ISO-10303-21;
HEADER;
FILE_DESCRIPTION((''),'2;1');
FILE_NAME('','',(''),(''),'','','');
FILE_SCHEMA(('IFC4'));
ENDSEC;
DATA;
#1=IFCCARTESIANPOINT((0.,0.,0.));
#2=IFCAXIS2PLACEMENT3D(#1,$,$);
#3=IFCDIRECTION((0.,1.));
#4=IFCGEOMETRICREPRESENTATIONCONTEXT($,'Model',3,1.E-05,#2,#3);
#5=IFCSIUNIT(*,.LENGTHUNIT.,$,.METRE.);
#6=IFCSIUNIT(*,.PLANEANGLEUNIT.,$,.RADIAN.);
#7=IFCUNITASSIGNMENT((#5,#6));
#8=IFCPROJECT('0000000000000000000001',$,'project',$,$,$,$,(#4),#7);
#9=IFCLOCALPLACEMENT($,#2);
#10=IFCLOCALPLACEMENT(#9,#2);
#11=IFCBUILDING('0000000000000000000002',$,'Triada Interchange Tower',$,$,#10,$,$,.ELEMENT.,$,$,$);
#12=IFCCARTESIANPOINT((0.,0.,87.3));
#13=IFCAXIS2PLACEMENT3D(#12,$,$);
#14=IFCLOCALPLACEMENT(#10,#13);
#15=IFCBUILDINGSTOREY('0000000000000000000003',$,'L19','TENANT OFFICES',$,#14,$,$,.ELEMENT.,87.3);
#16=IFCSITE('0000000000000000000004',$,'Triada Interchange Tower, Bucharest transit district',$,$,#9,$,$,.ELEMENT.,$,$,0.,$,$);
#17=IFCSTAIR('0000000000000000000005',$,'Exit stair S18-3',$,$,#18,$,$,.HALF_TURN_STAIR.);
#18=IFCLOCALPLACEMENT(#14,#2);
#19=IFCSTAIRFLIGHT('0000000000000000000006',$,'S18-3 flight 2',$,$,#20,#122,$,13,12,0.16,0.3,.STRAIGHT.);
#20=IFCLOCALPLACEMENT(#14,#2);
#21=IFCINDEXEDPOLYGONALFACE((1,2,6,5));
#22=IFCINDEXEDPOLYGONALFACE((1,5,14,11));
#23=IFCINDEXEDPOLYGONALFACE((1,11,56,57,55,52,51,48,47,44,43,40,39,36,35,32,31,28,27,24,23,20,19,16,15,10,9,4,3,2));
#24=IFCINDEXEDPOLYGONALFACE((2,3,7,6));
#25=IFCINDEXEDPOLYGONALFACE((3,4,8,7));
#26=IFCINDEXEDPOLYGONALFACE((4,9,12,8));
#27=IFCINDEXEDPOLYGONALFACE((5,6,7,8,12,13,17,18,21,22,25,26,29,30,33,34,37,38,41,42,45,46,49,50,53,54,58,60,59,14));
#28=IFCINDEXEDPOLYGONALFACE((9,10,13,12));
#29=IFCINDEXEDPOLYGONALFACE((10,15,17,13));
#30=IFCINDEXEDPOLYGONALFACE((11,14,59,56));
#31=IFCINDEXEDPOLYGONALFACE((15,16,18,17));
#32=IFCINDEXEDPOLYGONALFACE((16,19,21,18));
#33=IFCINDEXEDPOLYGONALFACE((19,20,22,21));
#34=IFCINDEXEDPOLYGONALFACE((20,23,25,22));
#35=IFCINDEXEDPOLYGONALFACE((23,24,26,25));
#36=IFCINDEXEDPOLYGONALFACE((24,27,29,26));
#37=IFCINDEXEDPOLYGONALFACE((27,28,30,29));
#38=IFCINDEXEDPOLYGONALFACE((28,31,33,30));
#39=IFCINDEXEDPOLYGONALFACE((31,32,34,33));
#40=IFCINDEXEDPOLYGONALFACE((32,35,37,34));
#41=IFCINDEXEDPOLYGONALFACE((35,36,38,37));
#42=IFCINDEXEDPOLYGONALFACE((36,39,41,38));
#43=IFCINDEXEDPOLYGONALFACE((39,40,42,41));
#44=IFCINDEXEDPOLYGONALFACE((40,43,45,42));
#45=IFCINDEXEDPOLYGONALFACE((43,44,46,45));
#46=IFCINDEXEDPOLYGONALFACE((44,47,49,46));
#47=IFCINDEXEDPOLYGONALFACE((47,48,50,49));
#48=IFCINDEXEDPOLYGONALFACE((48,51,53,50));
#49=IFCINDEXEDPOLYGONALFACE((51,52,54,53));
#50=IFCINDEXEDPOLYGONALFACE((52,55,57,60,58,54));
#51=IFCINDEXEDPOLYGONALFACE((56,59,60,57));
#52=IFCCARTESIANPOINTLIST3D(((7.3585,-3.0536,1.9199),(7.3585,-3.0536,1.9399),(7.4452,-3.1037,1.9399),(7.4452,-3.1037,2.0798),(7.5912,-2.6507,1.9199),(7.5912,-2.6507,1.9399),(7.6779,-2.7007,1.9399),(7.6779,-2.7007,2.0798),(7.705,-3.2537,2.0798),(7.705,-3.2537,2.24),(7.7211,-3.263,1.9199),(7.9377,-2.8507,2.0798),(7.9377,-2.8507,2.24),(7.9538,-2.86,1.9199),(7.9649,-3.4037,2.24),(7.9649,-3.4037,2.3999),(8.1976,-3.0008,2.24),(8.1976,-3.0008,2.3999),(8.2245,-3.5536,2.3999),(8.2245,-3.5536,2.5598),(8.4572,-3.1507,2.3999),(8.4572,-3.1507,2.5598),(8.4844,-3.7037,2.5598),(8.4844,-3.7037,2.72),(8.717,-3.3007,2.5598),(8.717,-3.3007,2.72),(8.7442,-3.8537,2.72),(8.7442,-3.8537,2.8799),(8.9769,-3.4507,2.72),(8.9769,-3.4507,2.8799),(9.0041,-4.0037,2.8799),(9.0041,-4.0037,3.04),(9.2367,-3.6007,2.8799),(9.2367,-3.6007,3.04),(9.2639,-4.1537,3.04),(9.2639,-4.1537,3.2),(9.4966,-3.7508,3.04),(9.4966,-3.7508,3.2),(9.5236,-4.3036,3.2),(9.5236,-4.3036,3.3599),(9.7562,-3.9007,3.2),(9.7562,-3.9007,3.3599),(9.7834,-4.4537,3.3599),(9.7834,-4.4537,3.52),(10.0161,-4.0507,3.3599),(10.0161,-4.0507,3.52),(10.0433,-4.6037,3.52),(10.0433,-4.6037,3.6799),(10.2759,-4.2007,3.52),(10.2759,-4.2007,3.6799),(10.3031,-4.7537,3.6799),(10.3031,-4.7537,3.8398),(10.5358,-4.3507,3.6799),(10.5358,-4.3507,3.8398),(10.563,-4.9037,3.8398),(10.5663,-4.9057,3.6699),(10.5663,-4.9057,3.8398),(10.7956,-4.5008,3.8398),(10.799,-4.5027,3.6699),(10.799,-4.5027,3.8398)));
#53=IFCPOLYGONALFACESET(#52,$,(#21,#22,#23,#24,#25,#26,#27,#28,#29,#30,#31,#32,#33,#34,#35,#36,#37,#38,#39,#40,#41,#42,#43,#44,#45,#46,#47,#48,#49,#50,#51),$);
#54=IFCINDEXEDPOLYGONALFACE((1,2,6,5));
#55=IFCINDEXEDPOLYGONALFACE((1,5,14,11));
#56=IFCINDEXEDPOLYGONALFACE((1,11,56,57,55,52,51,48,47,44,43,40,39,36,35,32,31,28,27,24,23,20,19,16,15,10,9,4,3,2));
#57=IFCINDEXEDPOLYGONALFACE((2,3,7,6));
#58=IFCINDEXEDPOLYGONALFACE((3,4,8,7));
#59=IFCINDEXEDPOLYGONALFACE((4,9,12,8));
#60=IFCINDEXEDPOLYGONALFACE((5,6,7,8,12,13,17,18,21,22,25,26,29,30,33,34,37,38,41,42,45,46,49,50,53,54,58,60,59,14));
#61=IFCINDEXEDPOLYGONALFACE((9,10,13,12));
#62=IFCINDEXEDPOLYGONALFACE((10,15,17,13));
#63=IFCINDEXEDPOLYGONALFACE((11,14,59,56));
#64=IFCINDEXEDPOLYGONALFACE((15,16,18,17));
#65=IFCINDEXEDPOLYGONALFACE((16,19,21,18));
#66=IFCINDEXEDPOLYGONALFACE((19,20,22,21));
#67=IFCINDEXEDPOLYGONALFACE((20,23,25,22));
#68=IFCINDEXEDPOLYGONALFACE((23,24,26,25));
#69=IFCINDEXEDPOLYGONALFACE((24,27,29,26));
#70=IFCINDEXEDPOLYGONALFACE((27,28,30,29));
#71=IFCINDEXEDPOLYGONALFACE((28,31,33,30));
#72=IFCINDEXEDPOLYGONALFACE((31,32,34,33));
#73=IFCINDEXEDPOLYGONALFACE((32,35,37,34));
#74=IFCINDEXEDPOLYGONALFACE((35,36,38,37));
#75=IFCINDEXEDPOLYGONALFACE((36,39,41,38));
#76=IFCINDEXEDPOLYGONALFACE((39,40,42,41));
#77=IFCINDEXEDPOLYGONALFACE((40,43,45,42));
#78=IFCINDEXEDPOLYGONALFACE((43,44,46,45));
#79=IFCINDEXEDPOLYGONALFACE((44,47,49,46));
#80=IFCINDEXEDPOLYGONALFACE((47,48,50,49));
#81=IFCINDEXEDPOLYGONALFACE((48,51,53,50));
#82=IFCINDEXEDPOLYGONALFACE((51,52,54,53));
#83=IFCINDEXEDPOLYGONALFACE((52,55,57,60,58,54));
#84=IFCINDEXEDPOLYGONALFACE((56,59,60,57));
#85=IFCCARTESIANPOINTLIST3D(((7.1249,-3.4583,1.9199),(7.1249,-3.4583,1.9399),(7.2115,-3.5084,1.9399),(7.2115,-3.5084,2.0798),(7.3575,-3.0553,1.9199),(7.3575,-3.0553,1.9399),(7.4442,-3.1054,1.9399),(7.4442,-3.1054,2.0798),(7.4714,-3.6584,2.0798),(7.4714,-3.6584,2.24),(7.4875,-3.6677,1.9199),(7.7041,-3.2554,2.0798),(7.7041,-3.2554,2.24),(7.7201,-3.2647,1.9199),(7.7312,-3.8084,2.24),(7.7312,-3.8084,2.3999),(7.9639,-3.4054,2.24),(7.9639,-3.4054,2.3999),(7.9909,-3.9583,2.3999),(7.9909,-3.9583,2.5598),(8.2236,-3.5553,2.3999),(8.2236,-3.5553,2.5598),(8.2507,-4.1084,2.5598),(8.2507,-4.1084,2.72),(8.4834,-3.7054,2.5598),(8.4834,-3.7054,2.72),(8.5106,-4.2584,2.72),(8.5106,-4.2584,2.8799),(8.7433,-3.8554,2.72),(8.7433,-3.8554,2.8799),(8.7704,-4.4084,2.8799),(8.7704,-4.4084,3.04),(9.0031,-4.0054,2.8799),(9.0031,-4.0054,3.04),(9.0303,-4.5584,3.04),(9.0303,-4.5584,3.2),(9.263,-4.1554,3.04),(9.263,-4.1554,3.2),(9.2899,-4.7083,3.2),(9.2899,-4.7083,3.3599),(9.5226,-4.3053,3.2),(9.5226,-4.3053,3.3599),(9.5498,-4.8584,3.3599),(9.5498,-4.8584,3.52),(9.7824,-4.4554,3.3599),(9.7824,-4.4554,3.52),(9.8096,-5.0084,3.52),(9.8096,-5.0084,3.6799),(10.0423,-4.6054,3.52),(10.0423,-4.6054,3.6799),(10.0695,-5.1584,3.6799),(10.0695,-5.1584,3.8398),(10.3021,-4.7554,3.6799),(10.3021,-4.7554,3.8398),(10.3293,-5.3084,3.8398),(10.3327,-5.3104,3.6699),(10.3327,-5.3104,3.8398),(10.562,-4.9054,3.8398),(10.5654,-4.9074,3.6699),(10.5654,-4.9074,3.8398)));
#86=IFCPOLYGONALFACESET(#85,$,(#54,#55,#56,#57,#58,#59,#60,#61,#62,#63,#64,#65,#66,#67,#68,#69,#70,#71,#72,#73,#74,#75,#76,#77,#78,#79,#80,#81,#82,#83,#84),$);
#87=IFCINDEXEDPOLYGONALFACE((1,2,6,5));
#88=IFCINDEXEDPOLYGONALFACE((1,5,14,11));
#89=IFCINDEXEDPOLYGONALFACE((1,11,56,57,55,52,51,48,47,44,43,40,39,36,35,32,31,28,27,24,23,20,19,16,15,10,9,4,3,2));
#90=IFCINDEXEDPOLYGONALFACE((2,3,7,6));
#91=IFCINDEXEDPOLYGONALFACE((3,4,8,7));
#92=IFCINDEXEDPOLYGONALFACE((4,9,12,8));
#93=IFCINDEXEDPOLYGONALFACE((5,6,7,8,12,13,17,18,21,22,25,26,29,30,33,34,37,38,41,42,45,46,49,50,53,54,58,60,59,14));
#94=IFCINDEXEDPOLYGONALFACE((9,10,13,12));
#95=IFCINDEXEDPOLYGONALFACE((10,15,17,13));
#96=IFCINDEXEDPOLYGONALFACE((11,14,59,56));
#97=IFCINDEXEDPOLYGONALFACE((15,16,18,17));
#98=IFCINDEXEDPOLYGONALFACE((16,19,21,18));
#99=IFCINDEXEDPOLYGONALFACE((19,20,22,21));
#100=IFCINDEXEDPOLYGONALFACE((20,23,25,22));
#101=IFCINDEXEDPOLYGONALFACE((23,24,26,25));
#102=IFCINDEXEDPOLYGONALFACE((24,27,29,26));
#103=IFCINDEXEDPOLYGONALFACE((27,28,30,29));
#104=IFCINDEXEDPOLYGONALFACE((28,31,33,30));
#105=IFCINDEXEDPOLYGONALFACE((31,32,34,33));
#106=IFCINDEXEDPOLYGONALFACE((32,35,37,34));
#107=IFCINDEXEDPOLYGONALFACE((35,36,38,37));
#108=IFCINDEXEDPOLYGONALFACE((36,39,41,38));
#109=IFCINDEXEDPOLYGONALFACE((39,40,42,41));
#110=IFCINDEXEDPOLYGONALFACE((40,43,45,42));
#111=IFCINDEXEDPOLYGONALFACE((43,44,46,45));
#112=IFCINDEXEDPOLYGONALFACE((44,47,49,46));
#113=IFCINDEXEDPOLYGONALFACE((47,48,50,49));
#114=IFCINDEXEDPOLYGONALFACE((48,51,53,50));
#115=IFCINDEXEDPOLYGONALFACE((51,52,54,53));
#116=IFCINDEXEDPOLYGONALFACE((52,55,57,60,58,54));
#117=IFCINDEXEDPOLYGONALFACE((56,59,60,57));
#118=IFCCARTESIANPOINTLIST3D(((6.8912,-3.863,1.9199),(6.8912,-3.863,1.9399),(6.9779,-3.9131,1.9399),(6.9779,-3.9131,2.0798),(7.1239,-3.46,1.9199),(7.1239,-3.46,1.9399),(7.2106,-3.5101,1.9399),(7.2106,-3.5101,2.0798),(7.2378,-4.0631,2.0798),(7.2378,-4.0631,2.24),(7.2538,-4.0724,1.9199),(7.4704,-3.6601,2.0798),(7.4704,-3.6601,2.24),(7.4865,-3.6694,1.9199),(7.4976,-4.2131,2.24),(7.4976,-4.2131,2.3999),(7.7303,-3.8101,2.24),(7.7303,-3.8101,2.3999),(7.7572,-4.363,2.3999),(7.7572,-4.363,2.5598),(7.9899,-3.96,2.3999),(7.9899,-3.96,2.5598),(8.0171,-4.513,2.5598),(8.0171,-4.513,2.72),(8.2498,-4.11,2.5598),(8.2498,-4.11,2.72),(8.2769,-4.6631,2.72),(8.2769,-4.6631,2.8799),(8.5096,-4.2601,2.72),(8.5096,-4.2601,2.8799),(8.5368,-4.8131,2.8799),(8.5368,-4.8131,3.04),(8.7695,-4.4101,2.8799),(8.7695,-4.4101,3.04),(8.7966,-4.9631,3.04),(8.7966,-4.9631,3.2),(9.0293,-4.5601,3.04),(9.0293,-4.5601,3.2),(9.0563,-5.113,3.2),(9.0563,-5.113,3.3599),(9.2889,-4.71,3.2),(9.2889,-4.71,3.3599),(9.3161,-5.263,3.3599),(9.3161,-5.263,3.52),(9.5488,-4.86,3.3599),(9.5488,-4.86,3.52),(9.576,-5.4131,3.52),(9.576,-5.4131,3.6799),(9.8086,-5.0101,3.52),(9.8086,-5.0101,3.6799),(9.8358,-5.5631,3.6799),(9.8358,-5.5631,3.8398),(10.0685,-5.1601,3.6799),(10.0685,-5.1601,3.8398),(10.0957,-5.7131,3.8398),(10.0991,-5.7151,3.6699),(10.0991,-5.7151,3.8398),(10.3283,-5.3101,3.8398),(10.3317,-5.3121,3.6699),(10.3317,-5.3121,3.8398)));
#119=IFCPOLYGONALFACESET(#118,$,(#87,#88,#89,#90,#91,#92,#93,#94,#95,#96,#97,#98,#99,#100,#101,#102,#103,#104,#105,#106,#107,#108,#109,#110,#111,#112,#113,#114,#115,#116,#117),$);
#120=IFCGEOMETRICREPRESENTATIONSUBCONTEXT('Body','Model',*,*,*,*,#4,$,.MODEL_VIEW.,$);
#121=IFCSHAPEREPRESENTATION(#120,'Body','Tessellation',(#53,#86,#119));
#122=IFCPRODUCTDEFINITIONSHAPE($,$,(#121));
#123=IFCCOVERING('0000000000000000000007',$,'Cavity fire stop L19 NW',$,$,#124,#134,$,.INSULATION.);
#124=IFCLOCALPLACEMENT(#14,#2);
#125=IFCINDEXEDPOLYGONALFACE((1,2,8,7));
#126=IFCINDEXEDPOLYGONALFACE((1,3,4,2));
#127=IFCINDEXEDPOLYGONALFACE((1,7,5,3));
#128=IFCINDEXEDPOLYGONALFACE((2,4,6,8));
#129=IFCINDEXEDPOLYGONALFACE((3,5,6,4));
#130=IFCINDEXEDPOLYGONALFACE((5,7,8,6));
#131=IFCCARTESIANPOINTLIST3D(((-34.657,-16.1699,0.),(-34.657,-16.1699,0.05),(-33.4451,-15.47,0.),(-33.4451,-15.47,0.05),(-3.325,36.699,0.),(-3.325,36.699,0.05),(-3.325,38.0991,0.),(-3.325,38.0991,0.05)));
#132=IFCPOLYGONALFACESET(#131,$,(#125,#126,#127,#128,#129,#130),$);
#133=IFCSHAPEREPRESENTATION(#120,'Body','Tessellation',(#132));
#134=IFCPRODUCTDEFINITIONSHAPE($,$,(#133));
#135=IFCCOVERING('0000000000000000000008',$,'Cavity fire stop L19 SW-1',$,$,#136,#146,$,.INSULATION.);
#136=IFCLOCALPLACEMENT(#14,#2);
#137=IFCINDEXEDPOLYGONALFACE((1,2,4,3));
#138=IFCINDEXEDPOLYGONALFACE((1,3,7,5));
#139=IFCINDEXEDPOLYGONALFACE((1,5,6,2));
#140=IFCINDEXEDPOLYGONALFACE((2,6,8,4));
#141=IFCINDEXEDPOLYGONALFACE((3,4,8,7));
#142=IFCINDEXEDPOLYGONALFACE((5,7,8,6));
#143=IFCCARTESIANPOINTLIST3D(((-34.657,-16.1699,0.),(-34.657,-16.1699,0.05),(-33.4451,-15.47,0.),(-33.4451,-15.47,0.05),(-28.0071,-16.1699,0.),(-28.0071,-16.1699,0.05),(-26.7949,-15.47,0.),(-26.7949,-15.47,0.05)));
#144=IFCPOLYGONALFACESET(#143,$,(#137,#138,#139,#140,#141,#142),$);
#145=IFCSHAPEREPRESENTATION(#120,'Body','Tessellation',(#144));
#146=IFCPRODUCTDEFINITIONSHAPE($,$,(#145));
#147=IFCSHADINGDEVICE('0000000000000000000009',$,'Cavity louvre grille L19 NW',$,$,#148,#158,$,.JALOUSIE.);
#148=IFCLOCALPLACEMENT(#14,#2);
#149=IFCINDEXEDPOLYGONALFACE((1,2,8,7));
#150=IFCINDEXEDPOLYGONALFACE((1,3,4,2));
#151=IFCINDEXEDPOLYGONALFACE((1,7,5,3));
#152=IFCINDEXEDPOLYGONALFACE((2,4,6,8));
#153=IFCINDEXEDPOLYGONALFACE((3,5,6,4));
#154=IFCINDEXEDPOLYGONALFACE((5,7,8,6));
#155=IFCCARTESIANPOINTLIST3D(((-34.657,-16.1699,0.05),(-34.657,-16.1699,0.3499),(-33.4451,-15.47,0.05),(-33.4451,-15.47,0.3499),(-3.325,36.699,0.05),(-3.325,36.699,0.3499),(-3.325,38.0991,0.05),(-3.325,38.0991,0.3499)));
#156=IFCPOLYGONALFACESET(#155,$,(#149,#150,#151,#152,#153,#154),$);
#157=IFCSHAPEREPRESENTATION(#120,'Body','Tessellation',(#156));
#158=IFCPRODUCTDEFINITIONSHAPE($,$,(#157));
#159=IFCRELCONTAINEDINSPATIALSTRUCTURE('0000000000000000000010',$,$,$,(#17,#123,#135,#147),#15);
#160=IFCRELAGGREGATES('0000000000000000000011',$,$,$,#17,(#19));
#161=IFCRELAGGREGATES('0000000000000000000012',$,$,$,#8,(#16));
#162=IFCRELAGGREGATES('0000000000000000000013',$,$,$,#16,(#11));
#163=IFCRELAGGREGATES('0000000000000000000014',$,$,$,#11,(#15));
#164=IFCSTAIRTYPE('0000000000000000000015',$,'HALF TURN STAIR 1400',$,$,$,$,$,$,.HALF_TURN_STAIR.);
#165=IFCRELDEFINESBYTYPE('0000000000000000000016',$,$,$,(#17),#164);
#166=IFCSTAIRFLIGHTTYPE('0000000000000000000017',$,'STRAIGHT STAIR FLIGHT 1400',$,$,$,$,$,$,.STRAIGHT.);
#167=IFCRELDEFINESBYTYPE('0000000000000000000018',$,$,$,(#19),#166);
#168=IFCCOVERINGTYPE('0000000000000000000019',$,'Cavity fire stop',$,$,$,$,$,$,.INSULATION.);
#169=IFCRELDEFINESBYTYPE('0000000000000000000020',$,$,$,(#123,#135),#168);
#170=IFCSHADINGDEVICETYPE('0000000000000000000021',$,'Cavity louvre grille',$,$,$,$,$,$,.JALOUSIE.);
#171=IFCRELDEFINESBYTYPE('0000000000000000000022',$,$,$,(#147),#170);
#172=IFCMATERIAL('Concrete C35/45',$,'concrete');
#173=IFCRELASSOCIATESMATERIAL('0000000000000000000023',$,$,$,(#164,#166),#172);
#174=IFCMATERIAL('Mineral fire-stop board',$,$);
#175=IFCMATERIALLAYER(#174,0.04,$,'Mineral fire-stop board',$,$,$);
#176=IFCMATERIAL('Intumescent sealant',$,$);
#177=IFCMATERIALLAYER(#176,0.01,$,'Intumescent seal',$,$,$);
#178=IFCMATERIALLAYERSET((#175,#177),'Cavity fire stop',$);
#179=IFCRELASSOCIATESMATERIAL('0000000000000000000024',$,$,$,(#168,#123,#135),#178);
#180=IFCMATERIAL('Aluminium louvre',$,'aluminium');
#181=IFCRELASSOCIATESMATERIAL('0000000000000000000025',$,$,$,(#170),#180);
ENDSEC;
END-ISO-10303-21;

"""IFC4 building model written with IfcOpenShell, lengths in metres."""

from ifc_helpers import new_model, si_unit, direction, frame, origin, place, context, subcontext, project, spatial, polyline, outline, extrude, material, layer, layer_set, layer_usage, type_object, element, aggregate, save


model = new_model("IFC4")

# Units and contexts
model_context = context("Model", 3, precision=1e-05, world=origin(), true_north=direction((0.0, 1.0)))
body_context = subcontext(model_context, "Body", "Model", "MODEL_VIEW")
ifc_project = project(units=[si_unit("LENGTHUNIT", "METRE"), si_unit("PLANEANGLEUNIT", "RADIAN")], contexts=[model_context])

# Site, building, storey
site_placement = place(None, origin())
site = spatial("IfcSite", under=ifc_project, at=site_placement, Name="Triada Interchange Tower, Bucharest transit district", CompositionType="ELEMENT", RefElevation=0.0)
building_placement = place(site_placement, origin())
building = spatial("IfcBuilding", under=site, at=building_placement, Name="Triada Interchange Tower", CompositionType="ELEMENT")
storey_placement = place(building_placement, frame((0.0, 0.0, 87.3)))
storey = spatial("IfcBuildingStorey", under=building, at=storey_placement, Name="L19", Description="TENANT OFFICES", CompositionType="ELEMENT", Elevation=87.3)

# Stair, stair flight
ifc_material_1 = material(Name="Concrete C35/45", Category="concrete")
stair_type = type_object("IfcStairType", Name="HALF TURN STAIR 1400", PredefinedType="HALF_TURN_STAIR", material=ifc_material_1)
stair_placement = place(storey_placement, origin())
stair = element("IfcStair", 1, at=stair_placement, inside=storey, type_object=stair_type, Name="Exit stair S18-3", PredefinedType="HALF_TURN_STAIR")
stair_flight_type = type_object("IfcStairFlightType", Name="STRAIGHT STAIR FLIGHT 1400", PredefinedType="STRAIGHT", material=ifc_material_1)
stair_flight_1_placement = place(storey_placement, frame((7.3279, -3.3069, 1.9199), z_axis=(0.0, 0.0, 1.0), x_axis=(0.866025, -0.5, 0.0)))
stair_flight_1 = element("IfcStairFlight", 2, at=stair_flight_1_placement, type_object=stair_flight_type, Name="S18-3 flight 2", NumberOfRisers=13, NumberOfTreads=12, PredefinedType="STRAIGHT", RiserHeight=0.16, TreadLength=0.3, context=body_context, shape_type="SweptSolid", body=[
    extrude(outline(polyline([(-0.1001, 0.0), (-0.1001, 0.02), (0.0, 0.02), (0.0, 0.1599), (0.3, 0.1599), (0.3, 0.3201), (0.6001, 0.3201), (0.6001, 0.48), (0.8999, 0.48), (0.8999, 0.6399), (1.2, 0.6399), (1.2, 0.8), (1.5, 0.8), (1.5, 0.96), (1.8, 0.96), (1.8, 1.1201), (2.1001, 1.1201), (2.1001, 1.28), (2.3999, 1.28), (2.3999, 1.4399), (2.7, 1.4399), (2.7, 1.6001), (3.0, 1.6001), (3.0, 1.76), (3.3, 1.76), (3.3, 1.9199), (3.6001, 1.9199), (3.604, 1.9199), (3.604, 2.0801), (3.604, 1.75), (0.3186, 0.0), (-0.1001, 0.0)])), frame((0.0, 0.7, 0.0), z_axis=(0.0, -1.0, 0.0), x_axis=(1.0, 0.0, 0.0)), (0.0, 0.0, 1.0), 0.4653),
    extrude(outline(polyline([(-0.1001, 0.0), (-0.1001, 0.02), (0.0, 0.02), (0.0, 0.1599), (0.3, 0.1599), (0.3, 0.3201), (0.6001, 0.3201), (0.6001, 0.48), (0.8999, 0.48), (0.8999, 0.6399), (1.2, 0.6399), (1.2, 0.8), (1.5, 0.8), (1.5, 0.96), (1.8, 0.96), (1.8, 1.1201), (2.1001, 1.1201), (2.1001, 1.28), (2.3999, 1.28), (2.3999, 1.4399), (2.7, 1.4399), (2.7, 1.6001), (3.0, 1.6001), (3.0, 1.76), (3.3, 1.76), (3.3, 1.9199), (3.6001, 1.9199), (3.604, 1.9199), (3.604, 2.0801), (3.604, 1.75), (0.3186, 0.0), (-0.1001, 0.0)])), frame((0.0, 0.2327, 0.0), z_axis=(0.0, -1.0, 0.0), x_axis=(1.0, 0.0, 0.0)), (0.0, 0.0, 1.0), 0.4653),
    extrude(outline(polyline([(-0.1001, 0.0), (-0.1001, 0.02), (0.0, 0.02), (0.0, 0.1599), (0.3, 0.1599), (0.3, 0.3201), (0.6001, 0.3201), (0.6001, 0.48), (0.8999, 0.48), (0.8999, 0.6399), (1.2, 0.6399), (1.2, 0.8), (1.5, 0.8), (1.5, 0.96), (1.8, 0.96), (1.8, 1.1201), (2.1001, 1.1201), (2.1001, 1.28), (2.3999, 1.28), (2.3999, 1.4399), (2.7, 1.4399), (2.7, 1.6001), (3.0, 1.6001), (3.0, 1.76), (3.3, 1.76), (3.3, 1.9199), (3.6001, 1.9199), (3.604, 1.9199), (3.604, 2.0801), (3.604, 1.75), (0.3186, 0.0), (-0.1001, 0.0)])), frame((0.0, -0.2346, 0.0), z_axis=(0.0, -1.0, 0.0), x_axis=(1.0, 0.0, 0.0)), (0.0, 0.0, 1.0), 0.4653),
])

# Coverings
ifc_material_2 = material(Name="Mineral fire-stop board")
ifc_layer_1 = layer(ifc_material_2, 0.04, Name="Mineral fire-stop board")
ifc_material_3 = material(Name="Intumescent sealant")
ifc_layer_2 = layer(ifc_material_3, 0.01, Name="Intumescent seal")
ifc_layer_set_1 = layer_set([ifc_layer_1, ifc_layer_2], Name="Cavity fire stop")
ifc_layer_usage = layer_usage(ifc_layer_set_1, "AXIS3", "POSITIVE", 0.0)
covering_type = type_object("IfcCoveringType", Name="Cavity fire stop", PredefinedType="INSULATION", material=ifc_layer_set_1)
covering_1_placement = place(storey_placement, origin())
element("IfcCovering", 3, at=covering_1_placement, inside=storey, type_object=covering_type, material=ifc_layer_usage, Name="Cavity fire stop L19 NW", PredefinedType="INSULATION", context=body_context, shape_type="SweptSolid", body=[
    extrude(outline(polyline([(-3.325, 36.699), (-3.325, 38.0991), (-34.657, -16.1699), (-33.4451, -15.47), (-3.325, 36.699)])), origin(), (0.0, 0.0, 1.0), 0.05),
])
covering_2_placement = place(storey_placement, origin())
element("IfcCovering", 4, at=covering_2_placement, inside=storey, type_object=covering_type, material=ifc_layer_usage, Name="Cavity fire stop L19 SW-1", PredefinedType="INSULATION", context=body_context, shape_type="SweptSolid", body=[
    extrude(outline(polyline([(-33.4451, -15.47), (-34.657, -16.1699), (-28.0071, -16.1699), (-26.7949, -15.47), (-33.4451, -15.47)])), origin(), (0.0, 0.0, 1.0), 0.05),
])

# Shading device
ifc_material_4 = material(Name="Aluminium louvre", Category="aluminium")
shading_device_type = type_object("IfcShadingDeviceType", Name="Cavity louvre grille", PredefinedType="JALOUSIE", material=ifc_material_4)
shading_device_placement = place(storey_placement, frame((0.0, 0.0, 0.05)))
element("IfcShadingDevice", 5, at=shading_device_placement, inside=storey, type_object=shading_device_type, Name="Cavity louvre grille L19 NW", PredefinedType="JALOUSIE", context=body_context, shape_type="SweptSolid", body=[
    extrude(outline(polyline([(-3.325, 36.699), (-3.325, 38.0991), (-34.657, -16.1699), (-33.4451, -15.47), (-3.325, 36.699)])), origin(), (0.0, 0.0, 1.0), 0.2998),
])

aggregate(stair, [stair_flight_1])

save(model, "model.ifc")
